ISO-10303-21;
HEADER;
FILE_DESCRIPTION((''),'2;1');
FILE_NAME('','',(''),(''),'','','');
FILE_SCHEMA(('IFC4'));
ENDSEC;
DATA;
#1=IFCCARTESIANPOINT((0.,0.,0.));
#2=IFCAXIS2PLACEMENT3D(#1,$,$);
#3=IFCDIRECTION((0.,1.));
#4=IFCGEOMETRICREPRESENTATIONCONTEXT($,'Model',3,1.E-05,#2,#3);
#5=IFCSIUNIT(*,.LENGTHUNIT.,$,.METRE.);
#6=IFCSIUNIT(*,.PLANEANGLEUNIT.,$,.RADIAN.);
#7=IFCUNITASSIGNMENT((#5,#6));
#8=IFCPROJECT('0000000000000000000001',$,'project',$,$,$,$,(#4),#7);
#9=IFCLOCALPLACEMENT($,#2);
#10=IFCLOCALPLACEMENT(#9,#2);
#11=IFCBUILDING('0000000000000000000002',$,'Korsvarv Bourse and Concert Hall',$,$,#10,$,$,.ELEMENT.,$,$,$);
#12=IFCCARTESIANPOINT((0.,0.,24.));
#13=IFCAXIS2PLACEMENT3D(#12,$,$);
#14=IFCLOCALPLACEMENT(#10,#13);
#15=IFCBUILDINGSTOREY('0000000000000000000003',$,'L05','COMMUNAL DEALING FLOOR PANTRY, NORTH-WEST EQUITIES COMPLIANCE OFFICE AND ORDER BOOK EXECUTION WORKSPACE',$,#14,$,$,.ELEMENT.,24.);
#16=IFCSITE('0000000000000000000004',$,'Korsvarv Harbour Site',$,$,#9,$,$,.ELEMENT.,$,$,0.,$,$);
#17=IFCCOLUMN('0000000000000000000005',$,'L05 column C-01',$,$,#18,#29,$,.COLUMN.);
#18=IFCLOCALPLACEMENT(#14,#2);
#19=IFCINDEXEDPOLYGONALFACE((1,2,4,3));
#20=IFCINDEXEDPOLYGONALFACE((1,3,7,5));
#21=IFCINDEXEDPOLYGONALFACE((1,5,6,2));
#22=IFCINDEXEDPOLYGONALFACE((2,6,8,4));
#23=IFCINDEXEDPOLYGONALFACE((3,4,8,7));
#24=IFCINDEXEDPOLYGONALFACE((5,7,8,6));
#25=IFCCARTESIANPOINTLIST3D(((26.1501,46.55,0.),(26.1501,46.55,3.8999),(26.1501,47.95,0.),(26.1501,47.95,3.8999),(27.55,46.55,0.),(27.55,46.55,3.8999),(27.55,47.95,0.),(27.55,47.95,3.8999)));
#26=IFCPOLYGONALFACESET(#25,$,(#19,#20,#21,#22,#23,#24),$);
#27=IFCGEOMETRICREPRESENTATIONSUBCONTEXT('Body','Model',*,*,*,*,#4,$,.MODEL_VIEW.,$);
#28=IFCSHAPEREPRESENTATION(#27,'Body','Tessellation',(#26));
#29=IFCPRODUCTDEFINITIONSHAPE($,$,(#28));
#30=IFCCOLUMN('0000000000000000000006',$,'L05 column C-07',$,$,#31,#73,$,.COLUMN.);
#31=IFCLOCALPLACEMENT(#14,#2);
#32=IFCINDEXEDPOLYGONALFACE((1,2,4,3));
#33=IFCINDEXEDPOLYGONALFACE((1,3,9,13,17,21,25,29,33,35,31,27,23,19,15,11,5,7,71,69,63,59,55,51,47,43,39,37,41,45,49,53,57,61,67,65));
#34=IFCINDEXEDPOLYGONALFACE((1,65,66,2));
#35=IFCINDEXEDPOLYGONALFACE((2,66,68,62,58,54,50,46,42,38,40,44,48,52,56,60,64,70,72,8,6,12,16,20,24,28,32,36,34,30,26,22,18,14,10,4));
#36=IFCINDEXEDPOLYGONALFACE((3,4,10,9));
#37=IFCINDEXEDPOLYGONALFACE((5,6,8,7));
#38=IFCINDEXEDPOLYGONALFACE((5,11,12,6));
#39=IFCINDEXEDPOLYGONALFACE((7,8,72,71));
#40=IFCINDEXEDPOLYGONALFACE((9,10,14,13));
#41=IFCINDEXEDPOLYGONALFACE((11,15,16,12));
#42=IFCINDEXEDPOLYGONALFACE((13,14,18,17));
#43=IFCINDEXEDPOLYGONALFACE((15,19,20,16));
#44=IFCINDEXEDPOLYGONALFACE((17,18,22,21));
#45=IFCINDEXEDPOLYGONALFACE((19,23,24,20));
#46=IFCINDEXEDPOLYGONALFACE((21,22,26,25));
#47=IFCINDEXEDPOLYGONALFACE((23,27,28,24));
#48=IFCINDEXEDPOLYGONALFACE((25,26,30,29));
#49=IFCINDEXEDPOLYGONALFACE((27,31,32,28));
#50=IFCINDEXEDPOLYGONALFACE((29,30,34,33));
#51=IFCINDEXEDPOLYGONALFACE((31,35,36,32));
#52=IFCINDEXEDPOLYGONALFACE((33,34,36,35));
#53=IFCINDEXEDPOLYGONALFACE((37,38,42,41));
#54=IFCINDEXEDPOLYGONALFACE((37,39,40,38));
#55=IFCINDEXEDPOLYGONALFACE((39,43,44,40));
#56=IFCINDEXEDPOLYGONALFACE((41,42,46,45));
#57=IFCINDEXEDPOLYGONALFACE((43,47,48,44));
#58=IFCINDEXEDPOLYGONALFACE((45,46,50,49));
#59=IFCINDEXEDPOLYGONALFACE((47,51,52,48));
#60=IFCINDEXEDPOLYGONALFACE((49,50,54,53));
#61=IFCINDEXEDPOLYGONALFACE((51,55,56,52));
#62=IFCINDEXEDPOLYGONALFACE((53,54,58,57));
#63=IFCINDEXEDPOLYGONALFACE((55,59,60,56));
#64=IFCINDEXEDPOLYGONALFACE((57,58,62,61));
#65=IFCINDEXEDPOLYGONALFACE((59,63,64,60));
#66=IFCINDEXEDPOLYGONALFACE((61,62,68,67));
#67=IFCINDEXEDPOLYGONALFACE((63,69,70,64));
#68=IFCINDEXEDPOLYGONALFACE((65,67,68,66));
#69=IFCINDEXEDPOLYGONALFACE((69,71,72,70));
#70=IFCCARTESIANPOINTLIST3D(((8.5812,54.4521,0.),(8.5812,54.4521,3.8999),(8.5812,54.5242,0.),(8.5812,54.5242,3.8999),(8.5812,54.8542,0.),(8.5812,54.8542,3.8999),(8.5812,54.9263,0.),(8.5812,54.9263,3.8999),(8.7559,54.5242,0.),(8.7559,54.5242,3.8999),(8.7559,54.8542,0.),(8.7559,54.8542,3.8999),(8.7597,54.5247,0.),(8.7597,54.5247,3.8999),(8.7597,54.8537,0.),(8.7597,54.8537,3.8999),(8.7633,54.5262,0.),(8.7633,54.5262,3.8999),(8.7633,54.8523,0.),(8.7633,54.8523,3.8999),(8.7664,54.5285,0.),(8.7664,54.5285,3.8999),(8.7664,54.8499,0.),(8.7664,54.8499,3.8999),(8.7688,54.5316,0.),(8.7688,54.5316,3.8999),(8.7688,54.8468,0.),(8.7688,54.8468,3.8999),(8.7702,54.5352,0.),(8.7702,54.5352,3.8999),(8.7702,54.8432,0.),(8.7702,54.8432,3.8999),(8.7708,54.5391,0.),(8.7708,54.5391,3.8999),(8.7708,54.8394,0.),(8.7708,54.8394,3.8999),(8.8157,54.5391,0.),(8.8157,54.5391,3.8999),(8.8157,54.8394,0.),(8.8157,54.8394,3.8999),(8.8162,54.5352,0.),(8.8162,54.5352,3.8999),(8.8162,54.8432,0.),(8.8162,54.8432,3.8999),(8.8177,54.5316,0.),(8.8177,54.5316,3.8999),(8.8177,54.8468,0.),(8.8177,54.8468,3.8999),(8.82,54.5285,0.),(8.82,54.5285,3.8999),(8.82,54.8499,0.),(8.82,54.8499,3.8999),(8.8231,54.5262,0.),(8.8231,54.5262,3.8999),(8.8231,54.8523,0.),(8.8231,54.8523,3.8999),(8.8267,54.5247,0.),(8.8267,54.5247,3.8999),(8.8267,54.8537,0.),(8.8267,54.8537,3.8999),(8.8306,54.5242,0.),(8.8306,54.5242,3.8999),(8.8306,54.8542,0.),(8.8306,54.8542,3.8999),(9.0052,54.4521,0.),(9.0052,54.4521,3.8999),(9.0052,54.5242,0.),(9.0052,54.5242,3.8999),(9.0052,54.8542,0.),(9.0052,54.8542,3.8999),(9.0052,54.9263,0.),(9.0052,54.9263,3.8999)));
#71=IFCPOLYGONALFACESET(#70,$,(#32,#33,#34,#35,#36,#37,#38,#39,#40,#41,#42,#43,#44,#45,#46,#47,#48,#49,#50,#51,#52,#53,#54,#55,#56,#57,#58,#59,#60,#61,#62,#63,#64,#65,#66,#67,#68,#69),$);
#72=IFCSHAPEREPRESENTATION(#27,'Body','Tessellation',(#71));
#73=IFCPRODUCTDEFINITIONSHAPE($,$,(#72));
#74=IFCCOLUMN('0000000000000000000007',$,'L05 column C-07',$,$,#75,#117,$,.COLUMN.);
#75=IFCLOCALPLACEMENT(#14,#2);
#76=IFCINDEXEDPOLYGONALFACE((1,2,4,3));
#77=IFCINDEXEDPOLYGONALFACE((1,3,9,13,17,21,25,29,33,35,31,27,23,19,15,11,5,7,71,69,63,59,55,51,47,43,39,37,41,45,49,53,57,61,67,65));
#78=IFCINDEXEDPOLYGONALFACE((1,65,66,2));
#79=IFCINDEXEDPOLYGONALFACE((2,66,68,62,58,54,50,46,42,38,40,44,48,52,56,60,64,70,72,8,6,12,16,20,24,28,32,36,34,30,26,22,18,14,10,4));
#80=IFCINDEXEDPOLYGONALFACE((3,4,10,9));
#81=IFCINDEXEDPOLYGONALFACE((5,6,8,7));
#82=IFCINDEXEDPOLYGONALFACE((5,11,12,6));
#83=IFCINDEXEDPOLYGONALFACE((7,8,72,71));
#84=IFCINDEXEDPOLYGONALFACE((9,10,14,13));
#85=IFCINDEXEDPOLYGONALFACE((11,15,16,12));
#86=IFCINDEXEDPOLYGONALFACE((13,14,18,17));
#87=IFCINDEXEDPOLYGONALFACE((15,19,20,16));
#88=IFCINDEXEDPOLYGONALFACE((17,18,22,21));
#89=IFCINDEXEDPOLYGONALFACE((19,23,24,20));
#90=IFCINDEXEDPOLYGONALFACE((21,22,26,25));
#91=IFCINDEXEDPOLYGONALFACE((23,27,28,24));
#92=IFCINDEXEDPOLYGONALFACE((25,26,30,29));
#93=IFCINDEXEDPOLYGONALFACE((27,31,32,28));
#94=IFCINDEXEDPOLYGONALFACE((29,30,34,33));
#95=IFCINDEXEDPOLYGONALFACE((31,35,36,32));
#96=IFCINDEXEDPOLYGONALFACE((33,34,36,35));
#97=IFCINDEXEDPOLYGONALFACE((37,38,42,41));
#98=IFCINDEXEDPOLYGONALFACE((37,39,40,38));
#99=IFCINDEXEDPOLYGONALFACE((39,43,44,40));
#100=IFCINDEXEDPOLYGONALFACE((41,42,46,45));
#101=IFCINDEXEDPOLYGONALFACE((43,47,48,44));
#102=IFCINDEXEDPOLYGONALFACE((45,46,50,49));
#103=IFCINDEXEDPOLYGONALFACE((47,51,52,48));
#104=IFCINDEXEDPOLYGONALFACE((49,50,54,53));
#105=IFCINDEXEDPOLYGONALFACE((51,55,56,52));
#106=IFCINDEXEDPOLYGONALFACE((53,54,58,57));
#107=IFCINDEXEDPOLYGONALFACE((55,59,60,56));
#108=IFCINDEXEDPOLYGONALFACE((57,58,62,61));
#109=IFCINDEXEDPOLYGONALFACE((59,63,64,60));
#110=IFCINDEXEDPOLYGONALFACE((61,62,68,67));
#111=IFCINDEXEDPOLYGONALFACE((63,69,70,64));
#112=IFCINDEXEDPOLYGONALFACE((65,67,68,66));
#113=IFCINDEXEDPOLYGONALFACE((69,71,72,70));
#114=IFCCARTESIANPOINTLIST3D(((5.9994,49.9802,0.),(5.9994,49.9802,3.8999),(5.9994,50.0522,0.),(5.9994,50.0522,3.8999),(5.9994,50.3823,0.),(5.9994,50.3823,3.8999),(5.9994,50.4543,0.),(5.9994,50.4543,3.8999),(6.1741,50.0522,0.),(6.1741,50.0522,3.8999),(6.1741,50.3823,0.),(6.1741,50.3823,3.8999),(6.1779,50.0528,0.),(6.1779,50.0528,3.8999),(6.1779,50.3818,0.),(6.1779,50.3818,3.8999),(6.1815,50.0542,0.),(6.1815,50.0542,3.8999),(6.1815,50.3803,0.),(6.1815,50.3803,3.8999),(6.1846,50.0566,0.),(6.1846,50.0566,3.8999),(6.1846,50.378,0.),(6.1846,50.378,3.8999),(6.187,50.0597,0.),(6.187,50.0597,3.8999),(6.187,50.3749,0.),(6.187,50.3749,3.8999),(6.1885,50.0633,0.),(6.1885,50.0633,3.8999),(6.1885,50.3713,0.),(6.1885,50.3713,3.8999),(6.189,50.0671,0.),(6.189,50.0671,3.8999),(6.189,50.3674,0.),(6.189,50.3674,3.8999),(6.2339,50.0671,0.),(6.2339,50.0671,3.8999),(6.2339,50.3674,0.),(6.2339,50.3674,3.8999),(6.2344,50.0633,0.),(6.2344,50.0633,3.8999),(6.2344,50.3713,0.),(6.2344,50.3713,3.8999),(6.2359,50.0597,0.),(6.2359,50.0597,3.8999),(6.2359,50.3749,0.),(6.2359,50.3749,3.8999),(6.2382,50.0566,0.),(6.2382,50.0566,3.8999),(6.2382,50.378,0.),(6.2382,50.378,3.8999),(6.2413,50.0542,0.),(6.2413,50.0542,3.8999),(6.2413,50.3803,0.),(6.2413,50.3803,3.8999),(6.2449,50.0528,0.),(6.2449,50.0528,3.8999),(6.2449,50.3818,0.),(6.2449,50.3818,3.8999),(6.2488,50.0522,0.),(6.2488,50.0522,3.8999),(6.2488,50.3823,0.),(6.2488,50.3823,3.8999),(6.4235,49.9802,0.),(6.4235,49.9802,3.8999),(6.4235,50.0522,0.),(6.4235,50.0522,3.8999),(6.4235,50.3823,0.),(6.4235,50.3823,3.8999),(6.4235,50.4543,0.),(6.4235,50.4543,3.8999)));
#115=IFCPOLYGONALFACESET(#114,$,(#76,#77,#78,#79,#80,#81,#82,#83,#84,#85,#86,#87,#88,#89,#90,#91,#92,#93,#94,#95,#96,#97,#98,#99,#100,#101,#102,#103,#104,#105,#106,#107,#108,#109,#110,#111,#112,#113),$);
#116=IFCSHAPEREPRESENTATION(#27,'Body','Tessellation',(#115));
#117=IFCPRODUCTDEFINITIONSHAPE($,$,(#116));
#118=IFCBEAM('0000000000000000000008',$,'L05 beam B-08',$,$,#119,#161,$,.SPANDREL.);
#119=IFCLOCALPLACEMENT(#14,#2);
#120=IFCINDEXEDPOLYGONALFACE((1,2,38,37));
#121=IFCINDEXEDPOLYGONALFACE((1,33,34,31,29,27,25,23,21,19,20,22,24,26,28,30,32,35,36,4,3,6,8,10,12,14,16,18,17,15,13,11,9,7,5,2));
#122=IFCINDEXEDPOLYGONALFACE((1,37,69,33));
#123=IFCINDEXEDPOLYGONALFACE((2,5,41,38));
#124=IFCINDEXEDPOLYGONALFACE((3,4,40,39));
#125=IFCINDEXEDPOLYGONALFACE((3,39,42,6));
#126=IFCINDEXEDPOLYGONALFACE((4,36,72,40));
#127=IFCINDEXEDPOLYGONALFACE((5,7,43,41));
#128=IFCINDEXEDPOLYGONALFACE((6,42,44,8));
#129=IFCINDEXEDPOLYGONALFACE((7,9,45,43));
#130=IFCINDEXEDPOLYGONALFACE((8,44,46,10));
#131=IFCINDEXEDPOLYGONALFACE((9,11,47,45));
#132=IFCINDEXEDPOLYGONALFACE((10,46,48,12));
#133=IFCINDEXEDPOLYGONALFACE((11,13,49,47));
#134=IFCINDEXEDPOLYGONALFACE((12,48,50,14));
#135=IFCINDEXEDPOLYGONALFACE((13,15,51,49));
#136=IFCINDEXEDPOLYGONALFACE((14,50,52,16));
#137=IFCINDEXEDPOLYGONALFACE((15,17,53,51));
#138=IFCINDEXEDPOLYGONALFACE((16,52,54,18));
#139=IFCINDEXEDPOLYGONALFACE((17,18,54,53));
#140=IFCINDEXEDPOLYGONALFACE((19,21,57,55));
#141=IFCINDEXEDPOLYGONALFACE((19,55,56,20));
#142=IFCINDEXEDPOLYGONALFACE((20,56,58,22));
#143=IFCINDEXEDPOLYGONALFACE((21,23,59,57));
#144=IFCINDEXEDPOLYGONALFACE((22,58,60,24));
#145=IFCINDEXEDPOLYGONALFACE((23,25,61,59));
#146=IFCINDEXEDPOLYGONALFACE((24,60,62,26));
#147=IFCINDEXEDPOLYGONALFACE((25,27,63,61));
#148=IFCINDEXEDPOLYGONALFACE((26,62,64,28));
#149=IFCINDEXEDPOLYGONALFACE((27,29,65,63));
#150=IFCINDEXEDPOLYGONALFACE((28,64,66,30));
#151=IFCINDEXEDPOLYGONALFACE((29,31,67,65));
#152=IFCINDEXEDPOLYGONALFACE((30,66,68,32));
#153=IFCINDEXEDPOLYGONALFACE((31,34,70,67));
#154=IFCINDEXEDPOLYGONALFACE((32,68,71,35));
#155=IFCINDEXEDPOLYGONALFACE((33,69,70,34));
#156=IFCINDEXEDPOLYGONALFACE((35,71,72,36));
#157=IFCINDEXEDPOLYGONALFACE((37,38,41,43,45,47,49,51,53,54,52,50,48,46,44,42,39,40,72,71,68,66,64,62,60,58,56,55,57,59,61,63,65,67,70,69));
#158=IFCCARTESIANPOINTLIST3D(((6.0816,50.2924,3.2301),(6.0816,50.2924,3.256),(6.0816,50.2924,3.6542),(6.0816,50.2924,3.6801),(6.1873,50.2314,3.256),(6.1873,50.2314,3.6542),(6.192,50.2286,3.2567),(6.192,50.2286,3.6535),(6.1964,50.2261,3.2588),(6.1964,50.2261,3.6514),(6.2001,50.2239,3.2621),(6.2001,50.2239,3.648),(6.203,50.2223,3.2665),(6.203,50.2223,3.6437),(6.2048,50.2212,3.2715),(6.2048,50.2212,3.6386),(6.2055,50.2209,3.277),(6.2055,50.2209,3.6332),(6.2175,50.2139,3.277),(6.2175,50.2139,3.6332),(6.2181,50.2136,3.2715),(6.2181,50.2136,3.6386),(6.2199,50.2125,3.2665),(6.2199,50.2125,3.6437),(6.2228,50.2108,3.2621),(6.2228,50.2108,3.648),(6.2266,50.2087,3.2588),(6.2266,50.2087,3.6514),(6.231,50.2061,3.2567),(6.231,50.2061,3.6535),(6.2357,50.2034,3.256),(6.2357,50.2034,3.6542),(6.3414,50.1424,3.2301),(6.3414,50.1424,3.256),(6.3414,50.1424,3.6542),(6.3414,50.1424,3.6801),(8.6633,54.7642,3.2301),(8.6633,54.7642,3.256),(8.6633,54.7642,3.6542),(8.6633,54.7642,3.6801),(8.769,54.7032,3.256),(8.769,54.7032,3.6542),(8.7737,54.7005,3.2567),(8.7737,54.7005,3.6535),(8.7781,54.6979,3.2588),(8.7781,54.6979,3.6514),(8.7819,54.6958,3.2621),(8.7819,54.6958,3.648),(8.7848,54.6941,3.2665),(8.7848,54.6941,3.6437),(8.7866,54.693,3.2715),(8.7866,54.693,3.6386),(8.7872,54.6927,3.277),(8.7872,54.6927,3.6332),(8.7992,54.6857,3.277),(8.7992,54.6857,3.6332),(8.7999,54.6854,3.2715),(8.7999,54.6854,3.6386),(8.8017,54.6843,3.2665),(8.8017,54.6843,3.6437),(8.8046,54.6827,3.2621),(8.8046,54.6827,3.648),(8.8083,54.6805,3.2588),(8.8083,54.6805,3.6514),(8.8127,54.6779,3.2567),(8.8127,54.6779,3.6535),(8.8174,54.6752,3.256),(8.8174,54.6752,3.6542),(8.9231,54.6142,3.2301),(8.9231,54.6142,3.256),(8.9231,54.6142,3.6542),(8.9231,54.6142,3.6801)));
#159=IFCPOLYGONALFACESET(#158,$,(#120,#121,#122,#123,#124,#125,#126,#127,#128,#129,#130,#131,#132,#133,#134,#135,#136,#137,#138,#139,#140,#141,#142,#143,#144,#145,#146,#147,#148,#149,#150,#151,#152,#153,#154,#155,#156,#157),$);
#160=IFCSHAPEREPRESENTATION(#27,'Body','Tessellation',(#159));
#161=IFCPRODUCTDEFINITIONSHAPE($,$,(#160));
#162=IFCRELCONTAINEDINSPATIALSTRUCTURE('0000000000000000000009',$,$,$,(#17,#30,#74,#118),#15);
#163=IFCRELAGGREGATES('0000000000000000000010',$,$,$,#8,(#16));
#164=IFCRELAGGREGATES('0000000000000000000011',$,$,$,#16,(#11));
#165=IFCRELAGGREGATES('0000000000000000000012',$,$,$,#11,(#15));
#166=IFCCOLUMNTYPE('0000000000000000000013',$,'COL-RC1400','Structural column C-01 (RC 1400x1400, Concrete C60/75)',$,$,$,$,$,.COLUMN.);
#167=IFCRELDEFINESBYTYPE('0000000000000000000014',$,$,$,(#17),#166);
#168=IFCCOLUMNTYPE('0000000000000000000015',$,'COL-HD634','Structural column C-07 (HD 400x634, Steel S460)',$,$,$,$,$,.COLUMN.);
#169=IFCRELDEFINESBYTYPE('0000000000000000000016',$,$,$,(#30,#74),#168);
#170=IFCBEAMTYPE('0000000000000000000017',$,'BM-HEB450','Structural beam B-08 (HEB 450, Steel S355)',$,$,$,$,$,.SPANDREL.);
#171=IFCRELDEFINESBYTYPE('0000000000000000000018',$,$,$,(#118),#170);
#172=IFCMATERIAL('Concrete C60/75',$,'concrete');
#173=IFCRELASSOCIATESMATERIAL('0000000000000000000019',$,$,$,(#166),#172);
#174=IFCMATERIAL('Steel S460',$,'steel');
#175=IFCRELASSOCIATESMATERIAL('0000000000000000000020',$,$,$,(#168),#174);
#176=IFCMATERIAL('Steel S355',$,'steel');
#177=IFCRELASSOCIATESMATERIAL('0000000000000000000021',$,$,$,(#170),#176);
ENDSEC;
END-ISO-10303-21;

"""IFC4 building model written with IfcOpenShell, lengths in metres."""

from ifc_helpers import new_model, si_unit, direction, frame, origin, origin_2d, place, context, subcontext, project, spatial, rectangle, i_section, extrude, source, transform, mapped, material, material_profile, profile_set, type_object, element, save


model = new_model("IFC4")

# Units and contexts
model_context = context("Model", 3, precision=1e-05, world=origin(), true_north=direction((0.0, 1.0)))
body_context = subcontext(model_context, "Body", "Model", "MODEL_VIEW")
ifc_project = project(units=[si_unit("LENGTHUNIT", "METRE"), si_unit("PLANEANGLEUNIT", "RADIAN")], contexts=[model_context])

# Site, building, storey
site_placement = place(None, origin())
site = spatial("IfcSite", under=ifc_project, at=site_placement, Name="Korsvarv Harbour Site", CompositionType="ELEMENT", RefElevation=0.0)
building_placement = place(site_placement, origin())
building = spatial("IfcBuilding", under=site, at=building_placement, Name="Korsvarv Bourse and Concert Hall", CompositionType="ELEMENT")
storey_placement = place(building_placement, frame((0.0, 0.0, 24.0)))
storey = spatial("IfcBuildingStorey", under=building, at=storey_placement, Name="L05", Description="COMMUNAL DEALING FLOOR PANTRY, NORTH-WEST EQUITIES COMPLIANCE OFFICE AND ORDER BOOK EXECUTION WORKSPACE", CompositionType="ELEMENT", Elevation=24.0)

# Columns
ifc_material_1 = material(Name="Concrete C60/75", Category="concrete")
ifc_material_profile_1 = material_profile(ifc_material_1, rectangle(XDim=1.3999, YDim=1.3999, at=origin_2d()), Name="RC 1400x1400")
ifc_profile_set_1 = profile_set([ifc_material_profile_1], Name="Concrete C60/75")
column_type_1 = type_object("IfcColumnType", Name="COL-RC1400", Description="Structural column C-01 (RC 1400x1400, Concrete C60/75)", PredefinedType="COLUMN", material=ifc_profile_set_1)
shared_shape_1 = source(origin(), body_context, "Body", "SweptSolid", [
    extrude(rectangle(XDim=1.3999, YDim=1.3999, at=origin_2d()), origin(), (0.0, 0.0, 1.0), 3.8999),
])
column_placement = place(storey_placement, frame((26.8501, 47.25, 0.0), z_axis=(0.0, 0.0, 1.0), x_axis=(1.0, 0.0, 0.0)))
element("IfcColumn", 1, at=column_placement, inside=storey, type_object=column_type_1, Name="L05 column C-01", PredefinedType="COLUMN", context=body_context, shape_type="MappedRepresentation", body=[
    mapped(shared_shape_1, transform((0.0, 0.0, 0.0), scale=1.0)),
])
ifc_material_2 = material(Name="Steel S460", Category="steel")
ifc_material_profile_2 = material_profile(ifc_material_2, i_section(OverallWidth=0.4241, OverallDepth=0.4741, WebThickness=0.0449, FlangeThickness=0.072, FilletRadius=0.0149, at=origin_2d()), Name="HD 400x634")
ifc_profile_set_2 = profile_set([ifc_material_profile_2], Name="Steel S460")
column_type_2 = type_object("IfcColumnType", Name="COL-HD634", Description="Structural column C-07 (HD 400x634, Steel S460)", PredefinedType="COLUMN", material=ifc_profile_set_2)
shared_shape_2 = source(origin(), body_context, "Body", "SweptSolid", [
    extrude(i_section(OverallWidth=0.4241, OverallDepth=0.4741, WebThickness=0.0449, FlangeThickness=0.072, FilletRadius=0.0149, at=origin_2d()), origin(), (0.0, 0.0, 1.0), 3.8999),
])
for number, where, z_axis, x_axis, name in (
    (2, (8.7932, 54.6892, 0.0), (0.0, 0.0, 1.0), (1.0, 0.0, 0.0), "L05 column C-07"),
    (3, (6.2114, 50.2173, 0.0), (0.0, 0.0, 1.0), (1.0, 0.0, 0.0), "L05 column C-07"),
):
    element("IfcColumn", number, at=place(storey_placement, frame(where, z_axis=z_axis, x_axis=x_axis)), inside=storey, type_object=column_type_2, Name=name, PredefinedType="COLUMN", context=body_context, shape_type="MappedRepresentation", body=[
        mapped(shared_shape_2, transform((0.0, 0.0, 0.0), scale=1.0)),
    ])

# Beam
ifc_material_3 = material(Name="Steel S355", Category="steel")
ifc_material_profile_3 = material_profile(ifc_material_3, i_section(OverallWidth=0.3, OverallDepth=0.45, WebThickness=0.0139, FlangeThickness=0.0259, FilletRadius=0.021, at=origin_2d()), Name="HEB 450")
ifc_profile_set_3 = profile_set([ifc_material_profile_3], Name="Steel S355")
beam_type_1 = type_object("IfcBeamType", Name="BM-HEB450", Description="Structural beam B-08 (HEB 450, Steel S355)", PredefinedType="SPANDREL", material=ifc_profile_set_3)
shared_shape_3 = source(origin(), body_context, "Body", "SweptSolid", [
    extrude(i_section(OverallWidth=0.3, OverallDepth=0.45, WebThickness=0.0139, FlangeThickness=0.0259, FilletRadius=0.021, at=origin_2d()), origin(), (0.0, 0.0, 1.0), 5.1636),
])
beam_1_placement = place(storey_placement, frame((8.7932, 54.6892, 3.4551), z_axis=(-0.499988, -0.866032, 0.0), x_axis=(0.866032, -0.499988, 0.0)))
element("IfcBeam", 4, at=beam_1_placement, inside=storey, type_object=beam_type_1, Name="L05 beam B-08", PredefinedType="SPANDREL", context=body_context, shape_type="MappedRepresentation", body=[
    mapped(shared_shape_3, transform((0.0, 0.0, 0.0), scale=1.0)),
])

save(model, "model.ifc")
